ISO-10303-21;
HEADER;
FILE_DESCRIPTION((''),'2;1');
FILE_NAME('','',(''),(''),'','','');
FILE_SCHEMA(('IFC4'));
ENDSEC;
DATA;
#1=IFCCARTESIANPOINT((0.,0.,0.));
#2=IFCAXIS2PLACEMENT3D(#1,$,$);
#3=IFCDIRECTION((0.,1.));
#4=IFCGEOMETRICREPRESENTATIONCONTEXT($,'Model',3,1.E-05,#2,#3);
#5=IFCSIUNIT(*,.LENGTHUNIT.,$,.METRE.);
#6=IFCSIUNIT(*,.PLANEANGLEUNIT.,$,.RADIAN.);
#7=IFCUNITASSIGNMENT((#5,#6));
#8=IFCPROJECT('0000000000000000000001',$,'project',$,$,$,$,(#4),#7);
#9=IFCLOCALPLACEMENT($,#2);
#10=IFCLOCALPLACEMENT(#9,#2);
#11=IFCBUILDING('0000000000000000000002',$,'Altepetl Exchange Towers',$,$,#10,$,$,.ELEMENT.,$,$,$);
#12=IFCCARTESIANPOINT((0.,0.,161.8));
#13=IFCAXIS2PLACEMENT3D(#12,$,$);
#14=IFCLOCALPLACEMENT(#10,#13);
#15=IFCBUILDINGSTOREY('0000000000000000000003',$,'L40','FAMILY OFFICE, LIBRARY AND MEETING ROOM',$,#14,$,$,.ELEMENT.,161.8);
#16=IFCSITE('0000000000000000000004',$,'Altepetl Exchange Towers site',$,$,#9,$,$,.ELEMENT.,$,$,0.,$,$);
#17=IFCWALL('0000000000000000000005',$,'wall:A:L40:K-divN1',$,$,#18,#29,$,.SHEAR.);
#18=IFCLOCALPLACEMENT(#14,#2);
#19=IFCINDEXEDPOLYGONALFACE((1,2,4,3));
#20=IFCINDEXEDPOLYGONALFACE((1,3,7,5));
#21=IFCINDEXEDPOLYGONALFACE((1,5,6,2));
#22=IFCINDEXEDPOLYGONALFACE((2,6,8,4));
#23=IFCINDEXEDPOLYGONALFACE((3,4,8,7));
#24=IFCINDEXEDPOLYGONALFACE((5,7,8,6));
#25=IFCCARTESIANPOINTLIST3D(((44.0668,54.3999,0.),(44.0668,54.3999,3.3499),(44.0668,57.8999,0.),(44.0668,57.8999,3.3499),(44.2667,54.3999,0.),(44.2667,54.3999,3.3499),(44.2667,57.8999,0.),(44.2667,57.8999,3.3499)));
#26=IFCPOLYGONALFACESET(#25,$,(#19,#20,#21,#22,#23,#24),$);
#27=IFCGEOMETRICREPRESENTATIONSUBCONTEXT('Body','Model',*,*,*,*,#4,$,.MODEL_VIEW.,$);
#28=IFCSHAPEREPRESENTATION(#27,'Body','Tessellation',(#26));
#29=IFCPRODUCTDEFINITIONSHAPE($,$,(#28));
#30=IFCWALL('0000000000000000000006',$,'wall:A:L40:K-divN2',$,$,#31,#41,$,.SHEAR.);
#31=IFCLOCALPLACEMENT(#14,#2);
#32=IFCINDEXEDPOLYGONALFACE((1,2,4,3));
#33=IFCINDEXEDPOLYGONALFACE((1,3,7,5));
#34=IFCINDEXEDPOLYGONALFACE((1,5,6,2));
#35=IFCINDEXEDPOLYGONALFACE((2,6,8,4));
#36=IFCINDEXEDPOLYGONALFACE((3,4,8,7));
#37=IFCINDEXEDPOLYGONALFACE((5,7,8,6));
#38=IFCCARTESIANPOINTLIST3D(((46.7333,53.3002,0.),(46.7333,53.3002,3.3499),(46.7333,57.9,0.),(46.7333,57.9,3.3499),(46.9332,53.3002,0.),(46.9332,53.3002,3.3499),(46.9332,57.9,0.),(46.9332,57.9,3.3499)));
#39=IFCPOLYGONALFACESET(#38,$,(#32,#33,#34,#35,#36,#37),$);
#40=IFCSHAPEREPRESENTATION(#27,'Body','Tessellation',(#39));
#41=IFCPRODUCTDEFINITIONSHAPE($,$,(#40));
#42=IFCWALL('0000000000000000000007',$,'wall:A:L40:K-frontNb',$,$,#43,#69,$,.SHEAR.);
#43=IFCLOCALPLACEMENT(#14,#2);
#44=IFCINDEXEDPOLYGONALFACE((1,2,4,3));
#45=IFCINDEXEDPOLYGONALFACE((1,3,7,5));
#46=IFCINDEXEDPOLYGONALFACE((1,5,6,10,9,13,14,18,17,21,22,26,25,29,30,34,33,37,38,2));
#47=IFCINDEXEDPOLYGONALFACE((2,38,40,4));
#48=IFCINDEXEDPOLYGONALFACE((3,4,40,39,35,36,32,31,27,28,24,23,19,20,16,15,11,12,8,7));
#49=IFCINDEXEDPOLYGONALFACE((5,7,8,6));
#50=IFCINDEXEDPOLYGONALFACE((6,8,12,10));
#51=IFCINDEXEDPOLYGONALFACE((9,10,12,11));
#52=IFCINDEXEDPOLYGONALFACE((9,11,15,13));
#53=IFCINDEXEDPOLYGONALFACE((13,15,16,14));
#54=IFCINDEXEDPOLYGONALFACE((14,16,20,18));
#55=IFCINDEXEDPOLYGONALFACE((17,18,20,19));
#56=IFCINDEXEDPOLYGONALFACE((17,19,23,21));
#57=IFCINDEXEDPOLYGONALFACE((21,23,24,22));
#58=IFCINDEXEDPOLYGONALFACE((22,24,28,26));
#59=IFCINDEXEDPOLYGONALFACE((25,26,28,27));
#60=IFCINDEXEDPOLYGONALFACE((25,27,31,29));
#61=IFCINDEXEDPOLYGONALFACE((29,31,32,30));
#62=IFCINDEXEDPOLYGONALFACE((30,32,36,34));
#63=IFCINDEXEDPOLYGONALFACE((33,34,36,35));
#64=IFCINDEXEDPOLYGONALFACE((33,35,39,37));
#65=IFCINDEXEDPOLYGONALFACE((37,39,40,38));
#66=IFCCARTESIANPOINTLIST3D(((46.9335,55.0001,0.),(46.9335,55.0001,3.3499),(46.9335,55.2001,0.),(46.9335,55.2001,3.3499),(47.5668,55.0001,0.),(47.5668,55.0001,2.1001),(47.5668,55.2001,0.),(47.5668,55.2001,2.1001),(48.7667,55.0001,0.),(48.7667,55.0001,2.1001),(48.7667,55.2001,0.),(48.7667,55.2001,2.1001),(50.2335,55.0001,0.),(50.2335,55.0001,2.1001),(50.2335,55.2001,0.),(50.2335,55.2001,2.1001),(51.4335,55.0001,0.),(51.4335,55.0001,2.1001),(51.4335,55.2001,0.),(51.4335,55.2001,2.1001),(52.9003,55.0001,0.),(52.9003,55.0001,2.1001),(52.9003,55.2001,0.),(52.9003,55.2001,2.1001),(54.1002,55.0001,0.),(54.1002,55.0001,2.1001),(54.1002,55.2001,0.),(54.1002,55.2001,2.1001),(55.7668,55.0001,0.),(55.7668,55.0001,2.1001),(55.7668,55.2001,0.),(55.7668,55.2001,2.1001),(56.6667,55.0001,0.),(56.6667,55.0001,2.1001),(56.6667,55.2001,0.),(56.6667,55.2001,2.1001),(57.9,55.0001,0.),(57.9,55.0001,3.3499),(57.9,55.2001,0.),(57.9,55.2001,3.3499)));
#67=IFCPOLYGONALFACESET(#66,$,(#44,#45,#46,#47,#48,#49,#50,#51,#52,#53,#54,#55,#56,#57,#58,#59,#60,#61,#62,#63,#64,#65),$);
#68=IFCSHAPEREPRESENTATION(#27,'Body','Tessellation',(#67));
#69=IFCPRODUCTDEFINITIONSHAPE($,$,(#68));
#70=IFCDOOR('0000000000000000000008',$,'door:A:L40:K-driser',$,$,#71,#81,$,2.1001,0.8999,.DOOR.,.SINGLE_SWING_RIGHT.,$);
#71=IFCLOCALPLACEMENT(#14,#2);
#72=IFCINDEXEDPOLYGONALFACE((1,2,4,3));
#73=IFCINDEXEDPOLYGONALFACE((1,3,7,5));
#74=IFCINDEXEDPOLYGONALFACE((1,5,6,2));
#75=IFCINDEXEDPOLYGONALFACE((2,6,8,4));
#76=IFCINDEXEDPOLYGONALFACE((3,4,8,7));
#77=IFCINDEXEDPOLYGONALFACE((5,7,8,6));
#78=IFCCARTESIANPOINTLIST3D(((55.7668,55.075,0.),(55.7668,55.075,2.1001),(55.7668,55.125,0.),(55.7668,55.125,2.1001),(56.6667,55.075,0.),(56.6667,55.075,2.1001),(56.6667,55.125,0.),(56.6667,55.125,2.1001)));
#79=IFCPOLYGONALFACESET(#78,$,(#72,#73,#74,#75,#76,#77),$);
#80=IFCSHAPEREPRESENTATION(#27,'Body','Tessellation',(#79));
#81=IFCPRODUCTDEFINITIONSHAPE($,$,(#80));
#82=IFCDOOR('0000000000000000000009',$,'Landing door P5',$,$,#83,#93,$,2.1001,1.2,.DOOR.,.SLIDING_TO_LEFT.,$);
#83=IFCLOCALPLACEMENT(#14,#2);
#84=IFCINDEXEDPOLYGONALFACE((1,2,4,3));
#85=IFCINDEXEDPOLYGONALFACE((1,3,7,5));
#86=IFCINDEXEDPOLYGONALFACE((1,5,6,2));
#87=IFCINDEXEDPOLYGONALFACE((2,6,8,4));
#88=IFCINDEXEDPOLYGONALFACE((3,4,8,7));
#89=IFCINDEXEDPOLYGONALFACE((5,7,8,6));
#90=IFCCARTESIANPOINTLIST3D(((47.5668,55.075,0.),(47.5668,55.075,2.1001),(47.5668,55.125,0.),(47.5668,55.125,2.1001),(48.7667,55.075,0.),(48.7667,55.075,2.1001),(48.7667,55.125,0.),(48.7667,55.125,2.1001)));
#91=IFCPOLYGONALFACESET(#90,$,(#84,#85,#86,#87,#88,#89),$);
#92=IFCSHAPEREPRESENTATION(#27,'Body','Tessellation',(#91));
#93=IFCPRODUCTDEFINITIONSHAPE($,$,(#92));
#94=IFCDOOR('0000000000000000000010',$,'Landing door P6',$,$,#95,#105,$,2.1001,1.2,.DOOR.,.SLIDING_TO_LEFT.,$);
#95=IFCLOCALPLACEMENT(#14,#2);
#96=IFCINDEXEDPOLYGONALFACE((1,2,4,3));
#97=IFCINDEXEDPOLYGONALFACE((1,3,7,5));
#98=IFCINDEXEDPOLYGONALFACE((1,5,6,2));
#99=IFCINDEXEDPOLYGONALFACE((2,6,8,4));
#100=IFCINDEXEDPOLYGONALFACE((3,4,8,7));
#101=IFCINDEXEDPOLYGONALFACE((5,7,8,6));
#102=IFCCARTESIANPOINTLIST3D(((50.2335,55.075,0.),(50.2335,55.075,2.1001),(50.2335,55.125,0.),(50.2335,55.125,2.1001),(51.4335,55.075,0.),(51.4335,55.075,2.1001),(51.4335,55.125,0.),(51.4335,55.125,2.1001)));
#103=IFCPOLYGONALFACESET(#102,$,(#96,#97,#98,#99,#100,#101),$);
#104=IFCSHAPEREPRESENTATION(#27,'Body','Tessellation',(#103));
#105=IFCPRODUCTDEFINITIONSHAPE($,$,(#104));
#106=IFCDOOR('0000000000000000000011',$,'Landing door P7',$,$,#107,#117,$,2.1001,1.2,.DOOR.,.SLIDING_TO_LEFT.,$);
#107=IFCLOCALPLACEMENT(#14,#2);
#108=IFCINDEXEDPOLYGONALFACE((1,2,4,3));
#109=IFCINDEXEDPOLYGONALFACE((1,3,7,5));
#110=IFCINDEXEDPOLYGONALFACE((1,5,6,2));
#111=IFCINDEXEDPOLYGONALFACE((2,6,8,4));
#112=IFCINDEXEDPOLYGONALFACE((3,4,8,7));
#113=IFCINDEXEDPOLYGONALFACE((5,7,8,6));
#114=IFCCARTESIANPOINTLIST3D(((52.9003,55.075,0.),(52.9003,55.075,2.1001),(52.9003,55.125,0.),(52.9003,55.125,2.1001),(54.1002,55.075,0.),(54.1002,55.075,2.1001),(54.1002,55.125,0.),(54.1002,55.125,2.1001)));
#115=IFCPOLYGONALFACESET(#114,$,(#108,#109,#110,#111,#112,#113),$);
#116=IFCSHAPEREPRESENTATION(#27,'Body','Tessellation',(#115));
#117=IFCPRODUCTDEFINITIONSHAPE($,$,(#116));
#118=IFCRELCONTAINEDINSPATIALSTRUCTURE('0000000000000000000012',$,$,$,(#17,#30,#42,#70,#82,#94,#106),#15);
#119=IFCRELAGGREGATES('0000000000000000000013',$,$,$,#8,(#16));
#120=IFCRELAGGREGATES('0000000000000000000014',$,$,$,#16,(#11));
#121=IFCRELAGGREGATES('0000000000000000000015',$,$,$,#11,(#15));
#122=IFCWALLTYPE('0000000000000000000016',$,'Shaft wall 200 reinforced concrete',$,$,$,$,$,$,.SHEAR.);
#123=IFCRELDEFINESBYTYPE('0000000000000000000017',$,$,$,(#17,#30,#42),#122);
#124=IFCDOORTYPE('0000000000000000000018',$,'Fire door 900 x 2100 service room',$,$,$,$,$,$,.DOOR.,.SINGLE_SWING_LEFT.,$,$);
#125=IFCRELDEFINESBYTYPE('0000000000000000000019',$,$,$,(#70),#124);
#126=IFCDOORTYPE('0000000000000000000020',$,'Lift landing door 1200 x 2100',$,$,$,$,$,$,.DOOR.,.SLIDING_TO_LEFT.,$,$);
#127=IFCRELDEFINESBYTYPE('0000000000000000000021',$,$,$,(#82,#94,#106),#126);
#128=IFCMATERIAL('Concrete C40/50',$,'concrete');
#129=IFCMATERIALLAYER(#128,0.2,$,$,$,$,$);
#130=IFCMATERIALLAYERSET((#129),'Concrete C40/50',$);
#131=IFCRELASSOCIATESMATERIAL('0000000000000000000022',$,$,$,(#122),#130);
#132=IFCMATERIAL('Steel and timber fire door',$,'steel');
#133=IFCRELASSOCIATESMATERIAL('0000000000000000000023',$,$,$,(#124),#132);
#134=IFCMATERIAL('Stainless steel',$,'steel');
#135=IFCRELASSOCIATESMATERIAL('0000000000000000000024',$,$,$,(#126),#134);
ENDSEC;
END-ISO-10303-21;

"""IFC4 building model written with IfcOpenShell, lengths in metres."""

from ifc_helpers import new_model, si_unit, direction, frame, frame_2d, origin, place, context, subcontext, project, spatial, rectangle, extrude, material, layer, layer_set, type_object, element, fill, save


model = new_model("IFC4")

# Units and contexts
model_context = context("Model", 3, precision=1e-05, world=origin(), true_north=direction((0.0, 1.0)))
body_context = subcontext(model_context, "Body", "Model", "MODEL_VIEW")
ifc_project = project(units=[si_unit("LENGTHUNIT", "METRE"), si_unit("PLANEANGLEUNIT", "RADIAN")], contexts=[model_context])

# Site, building, storey
site_placement = place(None, origin())
site = spatial("IfcSite", under=ifc_project, at=site_placement, Name="Altepetl Exchange Towers site", CompositionType="ELEMENT", RefElevation=0.0)
building_placement = place(site_placement, origin())
building = spatial("IfcBuilding", under=site, at=building_placement, Name="Altepetl Exchange Towers", CompositionType="ELEMENT")
storey_placement = place(building_placement, frame((0.0, 0.0, 161.8)))
storey = spatial("IfcBuildingStorey", under=building, at=storey_placement, Name="L40", Description="FAMILY OFFICE, LIBRARY AND MEETING ROOM", CompositionType="ELEMENT", Elevation=161.8)

# Shared definitions
ifc_material_1 = material(Name="Steel and timber fire door", Category="steel")

# Walls
ifc_material_2 = material(Name="Concrete C40/50", Category="concrete")
ifc_layer_1 = layer(ifc_material_2, 0.2)
ifc_layer_set_1 = layer_set([ifc_layer_1], Name="Concrete C40/50")
wall_type_1 = type_object("IfcWallType", Name="Shaft wall 200 reinforced concrete", PredefinedType="SHEAR", material=ifc_layer_set_1)
wall_1_placement = place(storey_placement, frame((44.1667, 57.8999, 0.0), z_axis=(0.0, 0.0, 1.0), x_axis=(0.0, -1.0, 0.0)))
element("IfcWall", 1, at=wall_1_placement, inside=storey, type_object=wall_type_1, Name="wall:A:L40:K-divN1", PredefinedType="SHEAR", context=body_context, shape_type="SweptSolid", body=[
    extrude(rectangle(XDim=3.5, YDim=0.2, at=frame_2d((1.75, 0.0))), origin(), (0.0, 0.0, 1.0), 3.3499),
])
wall_2_placement = place(storey_placement, frame((46.8333, 57.8999, 0.0), z_axis=(0.0, 0.0, 1.0), x_axis=(0.0, -1.0, 0.0)))
element("IfcWall", 2, at=wall_2_placement, inside=storey, type_object=wall_type_1, Name="wall:A:L40:K-divN2", PredefinedType="SHEAR", context=body_context, shape_type="SweptSolid", body=[
    extrude(rectangle(XDim=4.5999, YDim=0.2, at=frame_2d((2.2998, 0.0))), origin(), (0.0, 0.0, 1.0), 3.3499),
])

# Wall, openings, doors
wall_3_placement = place(storey_placement, frame((46.9333, 55.1001, 0.0)))
wall_3 = element("IfcWall", 3, at=wall_3_placement, inside=storey, type_object=wall_type_1, Name="wall:A:L40:K-frontNb", PredefinedType="SHEAR", context=body_context, shape_type="SweptSolid", body=[
    extrude(rectangle(XDim=10.9666, YDim=0.2, at=frame_2d((5.4834, 0.0))), origin(), (0.0, 0.0, 1.0), 3.3499),
])
opening_1_placement = place(wall_3_placement, frame((8.8335, 0.0, 0.0)))
opening_1 = element("IfcOpeningElement", 4, at=opening_1_placement, cuts=wall_3, PredefinedType="OPENING", context=body_context, shape_type="SweptSolid", body=[
    extrude(rectangle(XDim=0.8999, YDim=2.1001, at=frame_2d((0.45, 1.05))), frame((0.0, 0.1099, 0.0), z_axis=(0.0, -1.0, 0.0), x_axis=(1.0, 0.0, 0.0)), (0.0, 0.0, 1.0), 0.22),
])
opening_2_placement = place(wall_3_placement, frame((0.6333, 0.0, 0.0)))
opening_2 = element("IfcOpeningElement", 5, at=opening_2_placement, cuts=wall_3, PredefinedType="OPENING", context=body_context, shape_type="SweptSolid", body=[
    extrude(rectangle(XDim=1.2, YDim=2.1001, at=frame_2d((0.6001, 1.05))), frame((0.0, 0.1099, 0.0), z_axis=(0.0, -1.0, 0.0), x_axis=(1.0, 0.0, 0.0)), (0.0, 0.0, 1.0), 0.22),
])
opening_3_placement = place(wall_3_placement, frame((3.3, 0.0, 0.0)))
opening_3 = element("IfcOpeningElement", 6, at=opening_3_placement, cuts=wall_3, PredefinedType="OPENING", context=body_context, shape_type="SweptSolid", body=[
    extrude(rectangle(XDim=1.2, YDim=2.1001, at=frame_2d((0.6001, 1.05))), frame((0.0, 0.1099, 0.0), z_axis=(0.0, -1.0, 0.0), x_axis=(1.0, 0.0, 0.0)), (0.0, 0.0, 1.0), 0.22),
])
opening_4_placement = place(wall_3_placement, frame((5.9668, 0.0, 0.0)))
opening_4 = element("IfcOpeningElement", 7, at=opening_4_placement, cuts=wall_3, PredefinedType="OPENING", context=body_context, shape_type="SweptSolid", body=[
    extrude(rectangle(XDim=1.2, YDim=2.1001, at=frame_2d((0.6001, 1.05))), frame((0.0, 0.1099, 0.0), z_axis=(0.0, -1.0, 0.0), x_axis=(1.0, 0.0, 0.0)), (0.0, 0.0, 1.0), 0.22),
])
door_type_1 = type_object("IfcDoorType", Name="Fire door 900 x 2100 service room", OperationType="SINGLE_SWING_LEFT", PredefinedType="DOOR", material=ifc_material_1)
door_1_placement = place(opening_1_placement, origin())
door_1 = element("IfcDoor", 8, at=door_1_placement, inside=storey, type_object=door_type_1, Name="door:A:L40:K-driser", OperationType="SINGLE_SWING_RIGHT", OverallHeight=2.1001, OverallWidth=0.8999, PredefinedType="DOOR", context=body_context, shape_type="SweptSolid", body=[
    extrude(rectangle(XDim=0.8999, YDim=2.1001, at=frame_2d((0.45, 1.05))), frame((0.0, 0.0249, 0.0), z_axis=(0.0, -1.0, 0.0), x_axis=(1.0, 0.0, 0.0)), (0.0, 0.0, 1.0), 0.05),
])
fill(opening_1, door_1)
ifc_material_3 = material(Name="Stainless steel", Category="steel")
door_type_2 = type_object("IfcDoorType", Name="Lift landing door 1200 x 2100", OperationType="SLIDING_TO_LEFT", PredefinedType="DOOR", material=ifc_material_3)
door_2_placement = place(opening_2_placement, origin())
door_2 = element("IfcDoor", 9, at=door_2_placement, inside=storey, type_object=door_type_2, Name="Landing door P5", OperationType="SLIDING_TO_LEFT", OverallHeight=2.1001, OverallWidth=1.2, PredefinedType="DOOR", context=body_context, shape_type="SweptSolid", body=[
    extrude(rectangle(XDim=1.2, YDim=2.1001, at=frame_2d((0.6001, 1.05))), frame((0.0, 0.0249, 0.0), z_axis=(0.0, -1.0, 0.0), x_axis=(1.0, 0.0, 0.0)), (0.0, 0.0, 1.0), 0.05),
])
fill(opening_2, door_2)
door_3_placement = place(opening_3_placement, origin())
door_3 = element("IfcDoor", 10, at=door_3_placement, inside=storey, type_object=door_type_2, Name="Landing door P6", OperationType="SLIDING_TO_LEFT", OverallHeight=2.1001, OverallWidth=1.2, PredefinedType="DOOR", context=body_context, shape_type="SweptSolid", body=[
    extrude(rectangle(XDim=1.2, YDim=2.1001, at=frame_2d((0.6001, 1.05))), frame((0.0, 0.0249, 0.0), z_axis=(0.0, -1.0, 0.0), x_axis=(1.0, 0.0, 0.0)), (0.0, 0.0, 1.0), 0.05),
])
fill(opening_3, door_3)
door_4_placement = place(opening_4_placement, origin())
door_4 = element("IfcDoor", 11, at=door_4_placement, inside=storey, type_object=door_type_2, Name="Landing door P7", OperationType="SLIDING_TO_LEFT", OverallHeight=2.1001, OverallWidth=1.2, PredefinedType="DOOR", context=body_context, shape_type="SweptSolid", body=[
    extrude(rectangle(XDim=1.2, YDim=2.1001, at=frame_2d((0.6001, 1.05))), frame((0.0, 0.0249, 0.0), z_axis=(0.0, -1.0, 0.0), x_axis=(1.0, 0.0, 0.0)), (0.0, 0.0, 1.0), 0.05),
])
fill(opening_4, door_4)

save(model, "model.ifc")
